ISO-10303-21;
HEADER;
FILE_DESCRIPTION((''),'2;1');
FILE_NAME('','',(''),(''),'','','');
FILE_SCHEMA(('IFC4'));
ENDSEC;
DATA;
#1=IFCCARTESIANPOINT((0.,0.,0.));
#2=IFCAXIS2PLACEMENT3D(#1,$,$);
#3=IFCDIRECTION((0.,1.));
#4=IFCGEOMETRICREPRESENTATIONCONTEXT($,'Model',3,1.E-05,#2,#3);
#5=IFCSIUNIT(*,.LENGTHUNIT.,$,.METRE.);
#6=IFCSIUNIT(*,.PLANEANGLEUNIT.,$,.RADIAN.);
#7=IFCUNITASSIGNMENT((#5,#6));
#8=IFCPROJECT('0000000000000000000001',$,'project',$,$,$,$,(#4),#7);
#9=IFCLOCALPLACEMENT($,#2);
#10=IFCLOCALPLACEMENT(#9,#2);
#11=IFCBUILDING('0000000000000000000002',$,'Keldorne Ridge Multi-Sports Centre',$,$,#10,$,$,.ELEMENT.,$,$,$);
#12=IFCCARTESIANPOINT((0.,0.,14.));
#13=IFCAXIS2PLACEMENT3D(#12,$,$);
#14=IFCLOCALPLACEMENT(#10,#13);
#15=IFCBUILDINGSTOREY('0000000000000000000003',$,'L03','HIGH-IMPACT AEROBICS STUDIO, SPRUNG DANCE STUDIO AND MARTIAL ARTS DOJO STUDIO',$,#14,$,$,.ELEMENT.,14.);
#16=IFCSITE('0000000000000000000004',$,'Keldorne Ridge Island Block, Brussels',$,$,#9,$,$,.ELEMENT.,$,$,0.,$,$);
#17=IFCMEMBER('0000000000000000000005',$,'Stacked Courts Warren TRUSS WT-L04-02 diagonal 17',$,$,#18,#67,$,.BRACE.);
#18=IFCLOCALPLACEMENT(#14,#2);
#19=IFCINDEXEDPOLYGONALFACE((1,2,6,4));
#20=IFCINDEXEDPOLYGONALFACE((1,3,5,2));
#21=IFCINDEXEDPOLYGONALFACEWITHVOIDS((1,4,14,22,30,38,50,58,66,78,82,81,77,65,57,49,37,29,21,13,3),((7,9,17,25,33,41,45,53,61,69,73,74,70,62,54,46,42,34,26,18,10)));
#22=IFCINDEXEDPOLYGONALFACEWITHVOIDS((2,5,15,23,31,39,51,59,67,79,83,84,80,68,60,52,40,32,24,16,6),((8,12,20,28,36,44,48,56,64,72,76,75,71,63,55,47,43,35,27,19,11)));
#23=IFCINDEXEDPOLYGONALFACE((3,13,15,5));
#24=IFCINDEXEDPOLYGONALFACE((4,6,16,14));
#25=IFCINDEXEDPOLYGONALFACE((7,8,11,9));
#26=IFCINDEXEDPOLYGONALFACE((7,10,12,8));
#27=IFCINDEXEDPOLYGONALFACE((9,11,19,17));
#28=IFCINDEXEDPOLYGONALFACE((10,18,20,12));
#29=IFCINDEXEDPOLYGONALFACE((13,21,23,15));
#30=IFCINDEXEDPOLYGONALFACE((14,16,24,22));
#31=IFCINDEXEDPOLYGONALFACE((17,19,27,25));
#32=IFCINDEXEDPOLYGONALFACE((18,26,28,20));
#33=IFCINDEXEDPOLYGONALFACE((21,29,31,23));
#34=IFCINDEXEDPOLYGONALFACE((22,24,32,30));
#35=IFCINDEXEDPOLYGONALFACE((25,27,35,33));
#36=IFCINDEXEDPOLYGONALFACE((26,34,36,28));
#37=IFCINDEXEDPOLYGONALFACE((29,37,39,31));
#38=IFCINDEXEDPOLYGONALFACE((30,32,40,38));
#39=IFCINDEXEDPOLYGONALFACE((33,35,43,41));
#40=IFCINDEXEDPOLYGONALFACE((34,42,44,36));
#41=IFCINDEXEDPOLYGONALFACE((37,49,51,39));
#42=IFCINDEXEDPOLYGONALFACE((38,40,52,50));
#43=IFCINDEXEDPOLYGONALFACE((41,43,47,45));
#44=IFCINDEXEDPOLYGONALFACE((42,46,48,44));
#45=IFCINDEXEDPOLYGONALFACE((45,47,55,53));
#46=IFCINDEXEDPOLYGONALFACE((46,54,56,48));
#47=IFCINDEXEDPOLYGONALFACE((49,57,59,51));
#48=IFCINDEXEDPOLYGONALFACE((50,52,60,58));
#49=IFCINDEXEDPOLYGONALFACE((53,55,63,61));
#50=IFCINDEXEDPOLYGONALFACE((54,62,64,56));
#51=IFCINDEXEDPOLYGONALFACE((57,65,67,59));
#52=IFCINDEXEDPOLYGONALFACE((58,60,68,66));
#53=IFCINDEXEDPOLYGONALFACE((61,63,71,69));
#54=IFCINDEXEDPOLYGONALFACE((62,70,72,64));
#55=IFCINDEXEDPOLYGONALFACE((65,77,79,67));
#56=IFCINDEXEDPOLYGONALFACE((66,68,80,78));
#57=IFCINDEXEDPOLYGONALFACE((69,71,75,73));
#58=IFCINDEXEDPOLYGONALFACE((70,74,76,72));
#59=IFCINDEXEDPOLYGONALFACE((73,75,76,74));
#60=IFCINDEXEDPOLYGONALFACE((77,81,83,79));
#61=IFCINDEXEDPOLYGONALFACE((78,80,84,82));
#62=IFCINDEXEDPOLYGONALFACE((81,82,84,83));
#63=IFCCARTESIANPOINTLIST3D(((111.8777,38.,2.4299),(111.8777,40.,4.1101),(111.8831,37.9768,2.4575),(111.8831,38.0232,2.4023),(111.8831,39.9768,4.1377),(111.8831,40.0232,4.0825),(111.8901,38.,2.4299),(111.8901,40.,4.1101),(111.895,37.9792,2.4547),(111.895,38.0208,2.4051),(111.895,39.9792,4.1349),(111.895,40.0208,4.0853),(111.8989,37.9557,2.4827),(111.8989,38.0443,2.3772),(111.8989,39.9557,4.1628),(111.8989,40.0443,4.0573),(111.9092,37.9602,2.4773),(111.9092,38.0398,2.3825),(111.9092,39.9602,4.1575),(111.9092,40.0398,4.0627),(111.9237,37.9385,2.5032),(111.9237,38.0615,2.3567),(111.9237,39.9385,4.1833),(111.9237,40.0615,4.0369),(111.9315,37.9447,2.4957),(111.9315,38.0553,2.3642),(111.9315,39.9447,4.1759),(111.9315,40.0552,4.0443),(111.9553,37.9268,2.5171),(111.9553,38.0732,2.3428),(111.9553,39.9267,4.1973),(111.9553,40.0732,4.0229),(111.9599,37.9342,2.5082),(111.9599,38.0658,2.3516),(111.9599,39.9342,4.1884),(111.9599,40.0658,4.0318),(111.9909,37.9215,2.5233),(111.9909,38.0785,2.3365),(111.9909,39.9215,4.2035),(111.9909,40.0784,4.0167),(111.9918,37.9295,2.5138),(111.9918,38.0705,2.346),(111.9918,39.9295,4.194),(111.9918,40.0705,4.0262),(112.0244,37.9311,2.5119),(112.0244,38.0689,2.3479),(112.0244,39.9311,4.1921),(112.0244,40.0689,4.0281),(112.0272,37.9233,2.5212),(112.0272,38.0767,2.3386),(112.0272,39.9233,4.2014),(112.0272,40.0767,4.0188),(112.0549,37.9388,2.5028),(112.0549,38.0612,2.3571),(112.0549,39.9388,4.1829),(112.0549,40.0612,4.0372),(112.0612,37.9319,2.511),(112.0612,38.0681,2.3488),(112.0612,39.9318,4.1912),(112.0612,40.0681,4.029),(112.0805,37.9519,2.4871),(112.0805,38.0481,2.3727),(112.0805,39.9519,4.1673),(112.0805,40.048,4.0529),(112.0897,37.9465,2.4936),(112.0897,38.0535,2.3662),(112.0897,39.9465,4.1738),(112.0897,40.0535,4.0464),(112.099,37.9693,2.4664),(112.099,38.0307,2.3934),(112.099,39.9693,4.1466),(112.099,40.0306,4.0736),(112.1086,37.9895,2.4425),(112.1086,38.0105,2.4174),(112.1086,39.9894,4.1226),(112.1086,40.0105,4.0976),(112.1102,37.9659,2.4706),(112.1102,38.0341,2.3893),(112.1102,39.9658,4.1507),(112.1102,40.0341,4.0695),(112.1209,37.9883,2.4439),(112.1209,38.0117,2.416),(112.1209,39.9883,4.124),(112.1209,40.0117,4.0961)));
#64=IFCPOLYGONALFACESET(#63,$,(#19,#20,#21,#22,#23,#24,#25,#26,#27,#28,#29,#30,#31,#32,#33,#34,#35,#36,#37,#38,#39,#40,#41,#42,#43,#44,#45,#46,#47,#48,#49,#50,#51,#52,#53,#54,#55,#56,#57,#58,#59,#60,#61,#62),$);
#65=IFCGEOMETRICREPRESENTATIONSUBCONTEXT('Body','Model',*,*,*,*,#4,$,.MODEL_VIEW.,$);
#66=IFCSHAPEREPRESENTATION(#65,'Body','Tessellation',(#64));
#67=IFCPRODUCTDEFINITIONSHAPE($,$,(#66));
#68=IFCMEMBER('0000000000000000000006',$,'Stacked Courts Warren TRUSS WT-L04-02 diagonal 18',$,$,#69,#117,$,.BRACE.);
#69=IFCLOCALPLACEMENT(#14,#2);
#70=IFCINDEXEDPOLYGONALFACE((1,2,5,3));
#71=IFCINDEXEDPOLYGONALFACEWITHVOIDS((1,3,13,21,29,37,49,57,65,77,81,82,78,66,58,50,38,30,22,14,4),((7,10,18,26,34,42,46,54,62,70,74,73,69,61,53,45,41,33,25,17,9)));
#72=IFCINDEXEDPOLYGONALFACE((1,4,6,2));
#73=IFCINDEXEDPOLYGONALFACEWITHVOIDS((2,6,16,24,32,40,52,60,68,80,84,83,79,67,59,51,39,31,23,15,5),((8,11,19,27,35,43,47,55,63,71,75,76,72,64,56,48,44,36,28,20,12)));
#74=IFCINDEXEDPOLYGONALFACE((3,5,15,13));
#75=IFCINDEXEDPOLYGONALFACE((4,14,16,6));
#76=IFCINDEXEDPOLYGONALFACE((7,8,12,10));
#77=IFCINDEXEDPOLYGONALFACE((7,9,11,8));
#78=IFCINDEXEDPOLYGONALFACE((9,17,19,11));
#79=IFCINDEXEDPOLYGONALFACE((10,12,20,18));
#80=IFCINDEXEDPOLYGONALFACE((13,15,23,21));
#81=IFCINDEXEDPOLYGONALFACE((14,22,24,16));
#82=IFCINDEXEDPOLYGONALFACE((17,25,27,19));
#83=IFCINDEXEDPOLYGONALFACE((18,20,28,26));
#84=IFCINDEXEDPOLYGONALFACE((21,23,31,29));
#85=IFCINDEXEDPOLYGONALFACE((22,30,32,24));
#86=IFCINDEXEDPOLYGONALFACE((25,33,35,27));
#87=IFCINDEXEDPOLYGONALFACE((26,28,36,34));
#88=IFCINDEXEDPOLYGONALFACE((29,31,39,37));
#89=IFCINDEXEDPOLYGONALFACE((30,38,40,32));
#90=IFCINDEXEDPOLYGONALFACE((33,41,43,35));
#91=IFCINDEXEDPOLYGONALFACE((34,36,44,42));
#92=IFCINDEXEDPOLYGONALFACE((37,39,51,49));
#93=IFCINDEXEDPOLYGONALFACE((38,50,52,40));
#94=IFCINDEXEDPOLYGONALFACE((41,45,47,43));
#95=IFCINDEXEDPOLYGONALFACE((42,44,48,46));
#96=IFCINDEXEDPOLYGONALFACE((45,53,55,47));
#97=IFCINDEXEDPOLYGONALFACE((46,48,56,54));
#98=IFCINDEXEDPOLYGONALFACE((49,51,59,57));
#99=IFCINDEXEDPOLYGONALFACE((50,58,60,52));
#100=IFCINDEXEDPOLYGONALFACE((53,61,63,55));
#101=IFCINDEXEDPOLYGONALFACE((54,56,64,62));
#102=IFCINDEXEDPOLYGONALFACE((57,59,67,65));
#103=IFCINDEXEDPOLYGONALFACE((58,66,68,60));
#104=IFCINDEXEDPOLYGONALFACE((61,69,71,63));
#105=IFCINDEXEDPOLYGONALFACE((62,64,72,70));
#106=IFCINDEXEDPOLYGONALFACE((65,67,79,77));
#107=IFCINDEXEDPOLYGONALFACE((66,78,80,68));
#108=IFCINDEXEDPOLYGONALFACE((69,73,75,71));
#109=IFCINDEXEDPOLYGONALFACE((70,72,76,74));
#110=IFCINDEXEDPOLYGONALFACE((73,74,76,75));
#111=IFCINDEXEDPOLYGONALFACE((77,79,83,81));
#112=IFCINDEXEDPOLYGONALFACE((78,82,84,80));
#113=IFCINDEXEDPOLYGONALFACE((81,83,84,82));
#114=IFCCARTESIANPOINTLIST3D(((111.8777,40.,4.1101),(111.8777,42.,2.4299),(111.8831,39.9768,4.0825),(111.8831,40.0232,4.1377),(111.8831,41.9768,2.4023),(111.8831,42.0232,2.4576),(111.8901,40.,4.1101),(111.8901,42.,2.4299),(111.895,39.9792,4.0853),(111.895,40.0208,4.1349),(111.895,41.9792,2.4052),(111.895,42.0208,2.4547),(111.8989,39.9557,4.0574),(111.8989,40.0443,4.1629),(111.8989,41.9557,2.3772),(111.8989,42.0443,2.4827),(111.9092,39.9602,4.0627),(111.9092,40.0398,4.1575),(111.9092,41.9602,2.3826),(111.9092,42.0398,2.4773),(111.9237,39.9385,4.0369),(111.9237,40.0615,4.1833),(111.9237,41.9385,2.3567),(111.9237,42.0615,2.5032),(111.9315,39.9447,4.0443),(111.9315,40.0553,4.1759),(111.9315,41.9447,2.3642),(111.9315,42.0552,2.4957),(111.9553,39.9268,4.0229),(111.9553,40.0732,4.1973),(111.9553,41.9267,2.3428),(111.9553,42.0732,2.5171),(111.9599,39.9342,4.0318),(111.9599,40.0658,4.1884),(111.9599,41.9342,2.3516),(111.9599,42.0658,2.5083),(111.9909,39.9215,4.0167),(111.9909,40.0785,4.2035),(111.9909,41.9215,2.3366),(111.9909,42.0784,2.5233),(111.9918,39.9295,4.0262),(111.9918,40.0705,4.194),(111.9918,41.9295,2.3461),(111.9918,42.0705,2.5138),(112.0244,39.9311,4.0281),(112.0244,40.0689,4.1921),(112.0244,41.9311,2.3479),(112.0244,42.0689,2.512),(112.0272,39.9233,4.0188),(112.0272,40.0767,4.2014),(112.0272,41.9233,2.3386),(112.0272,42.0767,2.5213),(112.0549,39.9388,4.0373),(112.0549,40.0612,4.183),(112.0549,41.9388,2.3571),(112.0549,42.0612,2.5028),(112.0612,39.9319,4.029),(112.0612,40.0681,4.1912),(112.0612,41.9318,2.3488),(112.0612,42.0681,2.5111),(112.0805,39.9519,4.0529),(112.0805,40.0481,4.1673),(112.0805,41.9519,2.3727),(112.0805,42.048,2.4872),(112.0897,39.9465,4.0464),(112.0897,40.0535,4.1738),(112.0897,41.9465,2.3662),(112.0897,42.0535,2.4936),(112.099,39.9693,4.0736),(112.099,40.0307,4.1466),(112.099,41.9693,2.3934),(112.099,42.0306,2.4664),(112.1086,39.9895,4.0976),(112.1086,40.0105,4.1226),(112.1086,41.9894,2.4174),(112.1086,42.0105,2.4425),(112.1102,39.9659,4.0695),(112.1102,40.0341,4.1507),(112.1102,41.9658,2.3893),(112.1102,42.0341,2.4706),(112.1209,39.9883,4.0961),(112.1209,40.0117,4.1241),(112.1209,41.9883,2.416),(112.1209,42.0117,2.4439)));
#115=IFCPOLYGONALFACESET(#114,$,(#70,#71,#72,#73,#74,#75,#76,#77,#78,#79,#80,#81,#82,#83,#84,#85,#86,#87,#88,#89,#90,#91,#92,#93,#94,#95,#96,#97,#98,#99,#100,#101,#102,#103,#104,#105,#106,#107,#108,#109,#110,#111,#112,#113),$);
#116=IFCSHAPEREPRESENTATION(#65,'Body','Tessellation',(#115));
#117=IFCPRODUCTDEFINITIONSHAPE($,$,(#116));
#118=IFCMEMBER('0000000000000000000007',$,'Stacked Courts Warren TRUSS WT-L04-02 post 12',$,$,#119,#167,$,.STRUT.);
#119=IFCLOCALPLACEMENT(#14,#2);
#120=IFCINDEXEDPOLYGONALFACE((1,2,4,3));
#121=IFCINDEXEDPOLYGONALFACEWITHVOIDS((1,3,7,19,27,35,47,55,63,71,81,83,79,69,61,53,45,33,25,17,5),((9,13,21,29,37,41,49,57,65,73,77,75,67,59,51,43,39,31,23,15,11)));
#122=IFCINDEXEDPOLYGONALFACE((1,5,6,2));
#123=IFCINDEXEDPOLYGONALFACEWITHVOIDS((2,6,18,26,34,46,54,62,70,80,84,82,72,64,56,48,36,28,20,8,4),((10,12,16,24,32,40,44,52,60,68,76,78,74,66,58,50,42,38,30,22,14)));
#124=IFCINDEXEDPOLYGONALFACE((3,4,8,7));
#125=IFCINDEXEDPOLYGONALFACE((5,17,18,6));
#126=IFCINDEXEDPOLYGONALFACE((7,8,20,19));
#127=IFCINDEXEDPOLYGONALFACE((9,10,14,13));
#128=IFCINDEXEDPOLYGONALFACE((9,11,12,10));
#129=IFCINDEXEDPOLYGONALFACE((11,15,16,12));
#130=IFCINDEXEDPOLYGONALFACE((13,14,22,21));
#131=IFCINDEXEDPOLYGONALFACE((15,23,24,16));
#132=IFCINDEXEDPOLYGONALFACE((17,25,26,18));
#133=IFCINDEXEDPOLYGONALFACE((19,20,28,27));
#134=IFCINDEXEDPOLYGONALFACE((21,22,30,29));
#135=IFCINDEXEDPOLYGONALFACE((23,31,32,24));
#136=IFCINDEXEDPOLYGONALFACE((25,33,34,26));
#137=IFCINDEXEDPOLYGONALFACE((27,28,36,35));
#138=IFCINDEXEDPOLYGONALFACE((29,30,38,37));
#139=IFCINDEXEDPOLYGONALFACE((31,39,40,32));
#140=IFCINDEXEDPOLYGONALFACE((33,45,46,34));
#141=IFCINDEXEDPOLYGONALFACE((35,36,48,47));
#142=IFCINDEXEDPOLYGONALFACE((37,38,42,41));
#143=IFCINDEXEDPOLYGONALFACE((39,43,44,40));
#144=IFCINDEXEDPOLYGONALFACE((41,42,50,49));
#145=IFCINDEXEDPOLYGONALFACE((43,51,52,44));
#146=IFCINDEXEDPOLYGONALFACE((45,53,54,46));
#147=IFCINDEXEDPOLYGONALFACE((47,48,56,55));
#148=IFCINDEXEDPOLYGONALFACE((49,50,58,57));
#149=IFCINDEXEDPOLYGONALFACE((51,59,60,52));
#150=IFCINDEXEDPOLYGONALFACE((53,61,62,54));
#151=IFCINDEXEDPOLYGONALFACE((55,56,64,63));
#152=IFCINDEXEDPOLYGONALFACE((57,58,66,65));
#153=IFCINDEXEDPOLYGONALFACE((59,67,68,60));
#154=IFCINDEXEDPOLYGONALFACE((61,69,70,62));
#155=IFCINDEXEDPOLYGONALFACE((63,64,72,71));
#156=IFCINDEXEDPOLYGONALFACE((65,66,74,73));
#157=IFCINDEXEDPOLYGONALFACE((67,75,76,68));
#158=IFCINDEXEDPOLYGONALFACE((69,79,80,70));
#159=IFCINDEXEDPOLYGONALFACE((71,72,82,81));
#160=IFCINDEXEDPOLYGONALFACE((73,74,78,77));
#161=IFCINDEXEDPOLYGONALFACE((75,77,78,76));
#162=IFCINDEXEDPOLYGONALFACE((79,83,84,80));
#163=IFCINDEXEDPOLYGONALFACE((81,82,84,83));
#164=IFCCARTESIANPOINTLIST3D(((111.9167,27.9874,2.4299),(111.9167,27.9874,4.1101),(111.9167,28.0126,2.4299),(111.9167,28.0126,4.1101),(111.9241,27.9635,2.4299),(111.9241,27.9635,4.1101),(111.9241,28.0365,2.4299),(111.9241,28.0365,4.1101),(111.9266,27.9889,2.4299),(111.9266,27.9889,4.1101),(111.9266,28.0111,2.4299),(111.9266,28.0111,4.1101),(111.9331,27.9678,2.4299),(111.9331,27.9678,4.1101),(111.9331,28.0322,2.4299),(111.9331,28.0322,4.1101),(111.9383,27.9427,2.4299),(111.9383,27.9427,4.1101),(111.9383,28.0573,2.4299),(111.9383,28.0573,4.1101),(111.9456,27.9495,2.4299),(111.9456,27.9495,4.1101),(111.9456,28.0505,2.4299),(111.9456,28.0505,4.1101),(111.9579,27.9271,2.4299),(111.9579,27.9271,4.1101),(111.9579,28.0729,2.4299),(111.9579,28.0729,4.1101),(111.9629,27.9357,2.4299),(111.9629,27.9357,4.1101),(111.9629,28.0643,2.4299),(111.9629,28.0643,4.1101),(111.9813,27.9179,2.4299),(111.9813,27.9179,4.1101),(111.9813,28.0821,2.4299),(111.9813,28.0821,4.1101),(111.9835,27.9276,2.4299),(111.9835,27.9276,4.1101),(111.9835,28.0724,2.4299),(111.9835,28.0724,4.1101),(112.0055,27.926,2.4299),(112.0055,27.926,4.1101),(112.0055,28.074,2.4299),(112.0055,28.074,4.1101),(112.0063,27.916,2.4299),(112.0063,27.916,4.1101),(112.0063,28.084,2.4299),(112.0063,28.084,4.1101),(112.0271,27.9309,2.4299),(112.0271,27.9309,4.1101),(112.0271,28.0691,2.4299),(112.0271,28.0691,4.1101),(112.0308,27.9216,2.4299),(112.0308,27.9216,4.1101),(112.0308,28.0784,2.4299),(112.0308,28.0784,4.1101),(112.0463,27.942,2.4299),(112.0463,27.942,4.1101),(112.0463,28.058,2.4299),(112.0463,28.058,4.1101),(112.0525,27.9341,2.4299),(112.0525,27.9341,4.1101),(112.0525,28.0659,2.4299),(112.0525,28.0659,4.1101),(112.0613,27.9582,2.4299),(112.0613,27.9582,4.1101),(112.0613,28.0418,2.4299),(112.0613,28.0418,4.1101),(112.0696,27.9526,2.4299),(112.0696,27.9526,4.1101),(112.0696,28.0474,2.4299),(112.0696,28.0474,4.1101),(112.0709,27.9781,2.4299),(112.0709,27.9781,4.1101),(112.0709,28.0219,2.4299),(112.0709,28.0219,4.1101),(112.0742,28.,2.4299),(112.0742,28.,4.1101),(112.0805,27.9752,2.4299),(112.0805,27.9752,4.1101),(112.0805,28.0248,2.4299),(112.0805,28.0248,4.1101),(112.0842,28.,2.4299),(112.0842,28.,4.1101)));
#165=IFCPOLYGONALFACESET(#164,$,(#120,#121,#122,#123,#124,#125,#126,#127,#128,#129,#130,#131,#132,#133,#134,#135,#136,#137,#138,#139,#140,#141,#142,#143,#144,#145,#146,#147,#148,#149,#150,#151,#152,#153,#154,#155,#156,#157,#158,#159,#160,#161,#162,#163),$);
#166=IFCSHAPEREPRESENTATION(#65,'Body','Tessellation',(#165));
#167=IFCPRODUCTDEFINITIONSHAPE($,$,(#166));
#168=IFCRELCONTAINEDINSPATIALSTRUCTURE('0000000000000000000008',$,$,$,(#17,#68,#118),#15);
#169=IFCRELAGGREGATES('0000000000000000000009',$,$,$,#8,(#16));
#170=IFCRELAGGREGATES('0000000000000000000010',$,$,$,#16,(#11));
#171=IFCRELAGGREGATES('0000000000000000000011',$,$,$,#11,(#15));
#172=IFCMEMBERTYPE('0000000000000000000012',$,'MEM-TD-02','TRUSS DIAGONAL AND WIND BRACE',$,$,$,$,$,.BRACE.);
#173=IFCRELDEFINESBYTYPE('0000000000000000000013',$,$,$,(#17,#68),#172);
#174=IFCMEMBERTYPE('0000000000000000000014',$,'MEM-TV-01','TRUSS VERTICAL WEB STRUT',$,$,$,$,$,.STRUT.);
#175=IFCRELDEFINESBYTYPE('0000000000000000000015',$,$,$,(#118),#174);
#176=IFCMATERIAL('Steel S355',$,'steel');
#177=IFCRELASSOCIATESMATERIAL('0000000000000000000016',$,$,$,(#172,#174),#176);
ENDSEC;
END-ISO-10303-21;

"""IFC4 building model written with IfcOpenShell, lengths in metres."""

from ifc_helpers import new_model, si_unit, direction, frame, origin, origin_2d, place, context, subcontext, project, spatial, hollow_circle, extrude, material, material_profile, profile_set, type_object, element, save


model = new_model("IFC4")

# Units and contexts
model_context = context("Model", 3, precision=1e-05, world=origin(), true_north=direction((0.0, 1.0)))
body_context = subcontext(model_context, "Body", "Model", "MODEL_VIEW")
ifc_project = project(units=[si_unit("LENGTHUNIT", "METRE"), si_unit("PLANEANGLEUNIT", "RADIAN")], contexts=[model_context])

# Site, building, storey
site_placement = place(None, origin())
site = spatial("IfcSite", under=ifc_project, at=site_placement, Name="Keldorne Ridge Island Block, Brussels", CompositionType="ELEMENT", RefElevation=0.0)
building_placement = place(site_placement, origin())
building = spatial("IfcBuilding", under=site, at=building_placement, Name="Keldorne Ridge Multi-Sports Centre", CompositionType="ELEMENT")
storey_placement = place(building_placement, frame((0.0, 0.0, 14.0)))
storey = spatial("IfcBuildingStorey", under=building, at=storey_placement, Name="L03", Description="HIGH-IMPACT AEROBICS STUDIO, SPRUNG DANCE STUDIO AND MARTIAL ARTS DOJO STUDIO", CompositionType="ELEMENT", Elevation=14.0)

# Shared definitions
ifc_material_1 = material(Name="Steel S355", Category="steel")

# Members
ifc_material_profile_1 = material_profile(ifc_material_1, hollow_circle(Radius=0.1223, WallThickness=0.0125, at=origin_2d()), Name="CHS 244.5x12.5")
ifc_profile_set_1 = profile_set([ifc_material_profile_1], Name="Steel S355")
member_type_1 = type_object("IfcMemberType", Name="MEM-TD-02", Description="TRUSS DIAGONAL AND WIND BRACE", PredefinedType="BRACE", material=ifc_profile_set_1)
for number, where, z_axis, x_axis, name in (
    (1, (112.0, 38.0, 2.4299), (0.0, 0.765672, 0.643232), (-1.0, 0.0, 0.0), "Stacked Courts Warren TRUSS WT-L04-02 diagonal 17"),
    (2, (112.0, 40.0, 4.1101), (0.0, 0.765672, -0.643232), (-1.0, 0.0, 0.0), "Stacked Courts Warren TRUSS WT-L04-02 diagonal 18"),
):
    element("IfcMember", number, at=place(storey_placement, frame(where, z_axis=z_axis, x_axis=x_axis)), inside=storey, type_object=member_type_1, Name=name, PredefinedType="BRACE", context=body_context, shape_type="SweptSolid", body=[
        extrude(hollow_circle(Radius=0.1223, WallThickness=0.0125, at=origin_2d()), origin(), (0.0, 0.0, 1.0), 2.6121),
    ])
ifc_material_profile_2 = material_profile(ifc_material_1, hollow_circle(Radius=0.0842, WallThickness=0.01, at=origin_2d()), Name="CHS 168.3x10")
ifc_profile_set_2 = profile_set([ifc_material_profile_2], Name="Steel S355")
member_type_2 = type_object("IfcMemberType", Name="MEM-TV-01", Description="TRUSS VERTICAL WEB STRUT", PredefinedType="STRUT", material=ifc_profile_set_2)
for number, where, z_axis, x_axis, name in (
    (3, (112.0, 28.0, 2.4299), (0.0, 0.0, 1.0), (1.0, 0.0, 0.0), "Stacked Courts Warren TRUSS WT-L04-02 post 12"),
):
    element("IfcMember", number, at=place(storey_placement, frame(where, z_axis=z_axis, x_axis=x_axis)), inside=storey, type_object=member_type_2, Name=name, PredefinedType="STRUT", context=body_context, shape_type="SweptSolid", body=[
        extrude(hollow_circle(Radius=0.0842, WallThickness=0.01, at=origin_2d()), origin(), (0.0, 0.0, 1.0), 1.6802),
    ])

save(model, "model.ifc")
